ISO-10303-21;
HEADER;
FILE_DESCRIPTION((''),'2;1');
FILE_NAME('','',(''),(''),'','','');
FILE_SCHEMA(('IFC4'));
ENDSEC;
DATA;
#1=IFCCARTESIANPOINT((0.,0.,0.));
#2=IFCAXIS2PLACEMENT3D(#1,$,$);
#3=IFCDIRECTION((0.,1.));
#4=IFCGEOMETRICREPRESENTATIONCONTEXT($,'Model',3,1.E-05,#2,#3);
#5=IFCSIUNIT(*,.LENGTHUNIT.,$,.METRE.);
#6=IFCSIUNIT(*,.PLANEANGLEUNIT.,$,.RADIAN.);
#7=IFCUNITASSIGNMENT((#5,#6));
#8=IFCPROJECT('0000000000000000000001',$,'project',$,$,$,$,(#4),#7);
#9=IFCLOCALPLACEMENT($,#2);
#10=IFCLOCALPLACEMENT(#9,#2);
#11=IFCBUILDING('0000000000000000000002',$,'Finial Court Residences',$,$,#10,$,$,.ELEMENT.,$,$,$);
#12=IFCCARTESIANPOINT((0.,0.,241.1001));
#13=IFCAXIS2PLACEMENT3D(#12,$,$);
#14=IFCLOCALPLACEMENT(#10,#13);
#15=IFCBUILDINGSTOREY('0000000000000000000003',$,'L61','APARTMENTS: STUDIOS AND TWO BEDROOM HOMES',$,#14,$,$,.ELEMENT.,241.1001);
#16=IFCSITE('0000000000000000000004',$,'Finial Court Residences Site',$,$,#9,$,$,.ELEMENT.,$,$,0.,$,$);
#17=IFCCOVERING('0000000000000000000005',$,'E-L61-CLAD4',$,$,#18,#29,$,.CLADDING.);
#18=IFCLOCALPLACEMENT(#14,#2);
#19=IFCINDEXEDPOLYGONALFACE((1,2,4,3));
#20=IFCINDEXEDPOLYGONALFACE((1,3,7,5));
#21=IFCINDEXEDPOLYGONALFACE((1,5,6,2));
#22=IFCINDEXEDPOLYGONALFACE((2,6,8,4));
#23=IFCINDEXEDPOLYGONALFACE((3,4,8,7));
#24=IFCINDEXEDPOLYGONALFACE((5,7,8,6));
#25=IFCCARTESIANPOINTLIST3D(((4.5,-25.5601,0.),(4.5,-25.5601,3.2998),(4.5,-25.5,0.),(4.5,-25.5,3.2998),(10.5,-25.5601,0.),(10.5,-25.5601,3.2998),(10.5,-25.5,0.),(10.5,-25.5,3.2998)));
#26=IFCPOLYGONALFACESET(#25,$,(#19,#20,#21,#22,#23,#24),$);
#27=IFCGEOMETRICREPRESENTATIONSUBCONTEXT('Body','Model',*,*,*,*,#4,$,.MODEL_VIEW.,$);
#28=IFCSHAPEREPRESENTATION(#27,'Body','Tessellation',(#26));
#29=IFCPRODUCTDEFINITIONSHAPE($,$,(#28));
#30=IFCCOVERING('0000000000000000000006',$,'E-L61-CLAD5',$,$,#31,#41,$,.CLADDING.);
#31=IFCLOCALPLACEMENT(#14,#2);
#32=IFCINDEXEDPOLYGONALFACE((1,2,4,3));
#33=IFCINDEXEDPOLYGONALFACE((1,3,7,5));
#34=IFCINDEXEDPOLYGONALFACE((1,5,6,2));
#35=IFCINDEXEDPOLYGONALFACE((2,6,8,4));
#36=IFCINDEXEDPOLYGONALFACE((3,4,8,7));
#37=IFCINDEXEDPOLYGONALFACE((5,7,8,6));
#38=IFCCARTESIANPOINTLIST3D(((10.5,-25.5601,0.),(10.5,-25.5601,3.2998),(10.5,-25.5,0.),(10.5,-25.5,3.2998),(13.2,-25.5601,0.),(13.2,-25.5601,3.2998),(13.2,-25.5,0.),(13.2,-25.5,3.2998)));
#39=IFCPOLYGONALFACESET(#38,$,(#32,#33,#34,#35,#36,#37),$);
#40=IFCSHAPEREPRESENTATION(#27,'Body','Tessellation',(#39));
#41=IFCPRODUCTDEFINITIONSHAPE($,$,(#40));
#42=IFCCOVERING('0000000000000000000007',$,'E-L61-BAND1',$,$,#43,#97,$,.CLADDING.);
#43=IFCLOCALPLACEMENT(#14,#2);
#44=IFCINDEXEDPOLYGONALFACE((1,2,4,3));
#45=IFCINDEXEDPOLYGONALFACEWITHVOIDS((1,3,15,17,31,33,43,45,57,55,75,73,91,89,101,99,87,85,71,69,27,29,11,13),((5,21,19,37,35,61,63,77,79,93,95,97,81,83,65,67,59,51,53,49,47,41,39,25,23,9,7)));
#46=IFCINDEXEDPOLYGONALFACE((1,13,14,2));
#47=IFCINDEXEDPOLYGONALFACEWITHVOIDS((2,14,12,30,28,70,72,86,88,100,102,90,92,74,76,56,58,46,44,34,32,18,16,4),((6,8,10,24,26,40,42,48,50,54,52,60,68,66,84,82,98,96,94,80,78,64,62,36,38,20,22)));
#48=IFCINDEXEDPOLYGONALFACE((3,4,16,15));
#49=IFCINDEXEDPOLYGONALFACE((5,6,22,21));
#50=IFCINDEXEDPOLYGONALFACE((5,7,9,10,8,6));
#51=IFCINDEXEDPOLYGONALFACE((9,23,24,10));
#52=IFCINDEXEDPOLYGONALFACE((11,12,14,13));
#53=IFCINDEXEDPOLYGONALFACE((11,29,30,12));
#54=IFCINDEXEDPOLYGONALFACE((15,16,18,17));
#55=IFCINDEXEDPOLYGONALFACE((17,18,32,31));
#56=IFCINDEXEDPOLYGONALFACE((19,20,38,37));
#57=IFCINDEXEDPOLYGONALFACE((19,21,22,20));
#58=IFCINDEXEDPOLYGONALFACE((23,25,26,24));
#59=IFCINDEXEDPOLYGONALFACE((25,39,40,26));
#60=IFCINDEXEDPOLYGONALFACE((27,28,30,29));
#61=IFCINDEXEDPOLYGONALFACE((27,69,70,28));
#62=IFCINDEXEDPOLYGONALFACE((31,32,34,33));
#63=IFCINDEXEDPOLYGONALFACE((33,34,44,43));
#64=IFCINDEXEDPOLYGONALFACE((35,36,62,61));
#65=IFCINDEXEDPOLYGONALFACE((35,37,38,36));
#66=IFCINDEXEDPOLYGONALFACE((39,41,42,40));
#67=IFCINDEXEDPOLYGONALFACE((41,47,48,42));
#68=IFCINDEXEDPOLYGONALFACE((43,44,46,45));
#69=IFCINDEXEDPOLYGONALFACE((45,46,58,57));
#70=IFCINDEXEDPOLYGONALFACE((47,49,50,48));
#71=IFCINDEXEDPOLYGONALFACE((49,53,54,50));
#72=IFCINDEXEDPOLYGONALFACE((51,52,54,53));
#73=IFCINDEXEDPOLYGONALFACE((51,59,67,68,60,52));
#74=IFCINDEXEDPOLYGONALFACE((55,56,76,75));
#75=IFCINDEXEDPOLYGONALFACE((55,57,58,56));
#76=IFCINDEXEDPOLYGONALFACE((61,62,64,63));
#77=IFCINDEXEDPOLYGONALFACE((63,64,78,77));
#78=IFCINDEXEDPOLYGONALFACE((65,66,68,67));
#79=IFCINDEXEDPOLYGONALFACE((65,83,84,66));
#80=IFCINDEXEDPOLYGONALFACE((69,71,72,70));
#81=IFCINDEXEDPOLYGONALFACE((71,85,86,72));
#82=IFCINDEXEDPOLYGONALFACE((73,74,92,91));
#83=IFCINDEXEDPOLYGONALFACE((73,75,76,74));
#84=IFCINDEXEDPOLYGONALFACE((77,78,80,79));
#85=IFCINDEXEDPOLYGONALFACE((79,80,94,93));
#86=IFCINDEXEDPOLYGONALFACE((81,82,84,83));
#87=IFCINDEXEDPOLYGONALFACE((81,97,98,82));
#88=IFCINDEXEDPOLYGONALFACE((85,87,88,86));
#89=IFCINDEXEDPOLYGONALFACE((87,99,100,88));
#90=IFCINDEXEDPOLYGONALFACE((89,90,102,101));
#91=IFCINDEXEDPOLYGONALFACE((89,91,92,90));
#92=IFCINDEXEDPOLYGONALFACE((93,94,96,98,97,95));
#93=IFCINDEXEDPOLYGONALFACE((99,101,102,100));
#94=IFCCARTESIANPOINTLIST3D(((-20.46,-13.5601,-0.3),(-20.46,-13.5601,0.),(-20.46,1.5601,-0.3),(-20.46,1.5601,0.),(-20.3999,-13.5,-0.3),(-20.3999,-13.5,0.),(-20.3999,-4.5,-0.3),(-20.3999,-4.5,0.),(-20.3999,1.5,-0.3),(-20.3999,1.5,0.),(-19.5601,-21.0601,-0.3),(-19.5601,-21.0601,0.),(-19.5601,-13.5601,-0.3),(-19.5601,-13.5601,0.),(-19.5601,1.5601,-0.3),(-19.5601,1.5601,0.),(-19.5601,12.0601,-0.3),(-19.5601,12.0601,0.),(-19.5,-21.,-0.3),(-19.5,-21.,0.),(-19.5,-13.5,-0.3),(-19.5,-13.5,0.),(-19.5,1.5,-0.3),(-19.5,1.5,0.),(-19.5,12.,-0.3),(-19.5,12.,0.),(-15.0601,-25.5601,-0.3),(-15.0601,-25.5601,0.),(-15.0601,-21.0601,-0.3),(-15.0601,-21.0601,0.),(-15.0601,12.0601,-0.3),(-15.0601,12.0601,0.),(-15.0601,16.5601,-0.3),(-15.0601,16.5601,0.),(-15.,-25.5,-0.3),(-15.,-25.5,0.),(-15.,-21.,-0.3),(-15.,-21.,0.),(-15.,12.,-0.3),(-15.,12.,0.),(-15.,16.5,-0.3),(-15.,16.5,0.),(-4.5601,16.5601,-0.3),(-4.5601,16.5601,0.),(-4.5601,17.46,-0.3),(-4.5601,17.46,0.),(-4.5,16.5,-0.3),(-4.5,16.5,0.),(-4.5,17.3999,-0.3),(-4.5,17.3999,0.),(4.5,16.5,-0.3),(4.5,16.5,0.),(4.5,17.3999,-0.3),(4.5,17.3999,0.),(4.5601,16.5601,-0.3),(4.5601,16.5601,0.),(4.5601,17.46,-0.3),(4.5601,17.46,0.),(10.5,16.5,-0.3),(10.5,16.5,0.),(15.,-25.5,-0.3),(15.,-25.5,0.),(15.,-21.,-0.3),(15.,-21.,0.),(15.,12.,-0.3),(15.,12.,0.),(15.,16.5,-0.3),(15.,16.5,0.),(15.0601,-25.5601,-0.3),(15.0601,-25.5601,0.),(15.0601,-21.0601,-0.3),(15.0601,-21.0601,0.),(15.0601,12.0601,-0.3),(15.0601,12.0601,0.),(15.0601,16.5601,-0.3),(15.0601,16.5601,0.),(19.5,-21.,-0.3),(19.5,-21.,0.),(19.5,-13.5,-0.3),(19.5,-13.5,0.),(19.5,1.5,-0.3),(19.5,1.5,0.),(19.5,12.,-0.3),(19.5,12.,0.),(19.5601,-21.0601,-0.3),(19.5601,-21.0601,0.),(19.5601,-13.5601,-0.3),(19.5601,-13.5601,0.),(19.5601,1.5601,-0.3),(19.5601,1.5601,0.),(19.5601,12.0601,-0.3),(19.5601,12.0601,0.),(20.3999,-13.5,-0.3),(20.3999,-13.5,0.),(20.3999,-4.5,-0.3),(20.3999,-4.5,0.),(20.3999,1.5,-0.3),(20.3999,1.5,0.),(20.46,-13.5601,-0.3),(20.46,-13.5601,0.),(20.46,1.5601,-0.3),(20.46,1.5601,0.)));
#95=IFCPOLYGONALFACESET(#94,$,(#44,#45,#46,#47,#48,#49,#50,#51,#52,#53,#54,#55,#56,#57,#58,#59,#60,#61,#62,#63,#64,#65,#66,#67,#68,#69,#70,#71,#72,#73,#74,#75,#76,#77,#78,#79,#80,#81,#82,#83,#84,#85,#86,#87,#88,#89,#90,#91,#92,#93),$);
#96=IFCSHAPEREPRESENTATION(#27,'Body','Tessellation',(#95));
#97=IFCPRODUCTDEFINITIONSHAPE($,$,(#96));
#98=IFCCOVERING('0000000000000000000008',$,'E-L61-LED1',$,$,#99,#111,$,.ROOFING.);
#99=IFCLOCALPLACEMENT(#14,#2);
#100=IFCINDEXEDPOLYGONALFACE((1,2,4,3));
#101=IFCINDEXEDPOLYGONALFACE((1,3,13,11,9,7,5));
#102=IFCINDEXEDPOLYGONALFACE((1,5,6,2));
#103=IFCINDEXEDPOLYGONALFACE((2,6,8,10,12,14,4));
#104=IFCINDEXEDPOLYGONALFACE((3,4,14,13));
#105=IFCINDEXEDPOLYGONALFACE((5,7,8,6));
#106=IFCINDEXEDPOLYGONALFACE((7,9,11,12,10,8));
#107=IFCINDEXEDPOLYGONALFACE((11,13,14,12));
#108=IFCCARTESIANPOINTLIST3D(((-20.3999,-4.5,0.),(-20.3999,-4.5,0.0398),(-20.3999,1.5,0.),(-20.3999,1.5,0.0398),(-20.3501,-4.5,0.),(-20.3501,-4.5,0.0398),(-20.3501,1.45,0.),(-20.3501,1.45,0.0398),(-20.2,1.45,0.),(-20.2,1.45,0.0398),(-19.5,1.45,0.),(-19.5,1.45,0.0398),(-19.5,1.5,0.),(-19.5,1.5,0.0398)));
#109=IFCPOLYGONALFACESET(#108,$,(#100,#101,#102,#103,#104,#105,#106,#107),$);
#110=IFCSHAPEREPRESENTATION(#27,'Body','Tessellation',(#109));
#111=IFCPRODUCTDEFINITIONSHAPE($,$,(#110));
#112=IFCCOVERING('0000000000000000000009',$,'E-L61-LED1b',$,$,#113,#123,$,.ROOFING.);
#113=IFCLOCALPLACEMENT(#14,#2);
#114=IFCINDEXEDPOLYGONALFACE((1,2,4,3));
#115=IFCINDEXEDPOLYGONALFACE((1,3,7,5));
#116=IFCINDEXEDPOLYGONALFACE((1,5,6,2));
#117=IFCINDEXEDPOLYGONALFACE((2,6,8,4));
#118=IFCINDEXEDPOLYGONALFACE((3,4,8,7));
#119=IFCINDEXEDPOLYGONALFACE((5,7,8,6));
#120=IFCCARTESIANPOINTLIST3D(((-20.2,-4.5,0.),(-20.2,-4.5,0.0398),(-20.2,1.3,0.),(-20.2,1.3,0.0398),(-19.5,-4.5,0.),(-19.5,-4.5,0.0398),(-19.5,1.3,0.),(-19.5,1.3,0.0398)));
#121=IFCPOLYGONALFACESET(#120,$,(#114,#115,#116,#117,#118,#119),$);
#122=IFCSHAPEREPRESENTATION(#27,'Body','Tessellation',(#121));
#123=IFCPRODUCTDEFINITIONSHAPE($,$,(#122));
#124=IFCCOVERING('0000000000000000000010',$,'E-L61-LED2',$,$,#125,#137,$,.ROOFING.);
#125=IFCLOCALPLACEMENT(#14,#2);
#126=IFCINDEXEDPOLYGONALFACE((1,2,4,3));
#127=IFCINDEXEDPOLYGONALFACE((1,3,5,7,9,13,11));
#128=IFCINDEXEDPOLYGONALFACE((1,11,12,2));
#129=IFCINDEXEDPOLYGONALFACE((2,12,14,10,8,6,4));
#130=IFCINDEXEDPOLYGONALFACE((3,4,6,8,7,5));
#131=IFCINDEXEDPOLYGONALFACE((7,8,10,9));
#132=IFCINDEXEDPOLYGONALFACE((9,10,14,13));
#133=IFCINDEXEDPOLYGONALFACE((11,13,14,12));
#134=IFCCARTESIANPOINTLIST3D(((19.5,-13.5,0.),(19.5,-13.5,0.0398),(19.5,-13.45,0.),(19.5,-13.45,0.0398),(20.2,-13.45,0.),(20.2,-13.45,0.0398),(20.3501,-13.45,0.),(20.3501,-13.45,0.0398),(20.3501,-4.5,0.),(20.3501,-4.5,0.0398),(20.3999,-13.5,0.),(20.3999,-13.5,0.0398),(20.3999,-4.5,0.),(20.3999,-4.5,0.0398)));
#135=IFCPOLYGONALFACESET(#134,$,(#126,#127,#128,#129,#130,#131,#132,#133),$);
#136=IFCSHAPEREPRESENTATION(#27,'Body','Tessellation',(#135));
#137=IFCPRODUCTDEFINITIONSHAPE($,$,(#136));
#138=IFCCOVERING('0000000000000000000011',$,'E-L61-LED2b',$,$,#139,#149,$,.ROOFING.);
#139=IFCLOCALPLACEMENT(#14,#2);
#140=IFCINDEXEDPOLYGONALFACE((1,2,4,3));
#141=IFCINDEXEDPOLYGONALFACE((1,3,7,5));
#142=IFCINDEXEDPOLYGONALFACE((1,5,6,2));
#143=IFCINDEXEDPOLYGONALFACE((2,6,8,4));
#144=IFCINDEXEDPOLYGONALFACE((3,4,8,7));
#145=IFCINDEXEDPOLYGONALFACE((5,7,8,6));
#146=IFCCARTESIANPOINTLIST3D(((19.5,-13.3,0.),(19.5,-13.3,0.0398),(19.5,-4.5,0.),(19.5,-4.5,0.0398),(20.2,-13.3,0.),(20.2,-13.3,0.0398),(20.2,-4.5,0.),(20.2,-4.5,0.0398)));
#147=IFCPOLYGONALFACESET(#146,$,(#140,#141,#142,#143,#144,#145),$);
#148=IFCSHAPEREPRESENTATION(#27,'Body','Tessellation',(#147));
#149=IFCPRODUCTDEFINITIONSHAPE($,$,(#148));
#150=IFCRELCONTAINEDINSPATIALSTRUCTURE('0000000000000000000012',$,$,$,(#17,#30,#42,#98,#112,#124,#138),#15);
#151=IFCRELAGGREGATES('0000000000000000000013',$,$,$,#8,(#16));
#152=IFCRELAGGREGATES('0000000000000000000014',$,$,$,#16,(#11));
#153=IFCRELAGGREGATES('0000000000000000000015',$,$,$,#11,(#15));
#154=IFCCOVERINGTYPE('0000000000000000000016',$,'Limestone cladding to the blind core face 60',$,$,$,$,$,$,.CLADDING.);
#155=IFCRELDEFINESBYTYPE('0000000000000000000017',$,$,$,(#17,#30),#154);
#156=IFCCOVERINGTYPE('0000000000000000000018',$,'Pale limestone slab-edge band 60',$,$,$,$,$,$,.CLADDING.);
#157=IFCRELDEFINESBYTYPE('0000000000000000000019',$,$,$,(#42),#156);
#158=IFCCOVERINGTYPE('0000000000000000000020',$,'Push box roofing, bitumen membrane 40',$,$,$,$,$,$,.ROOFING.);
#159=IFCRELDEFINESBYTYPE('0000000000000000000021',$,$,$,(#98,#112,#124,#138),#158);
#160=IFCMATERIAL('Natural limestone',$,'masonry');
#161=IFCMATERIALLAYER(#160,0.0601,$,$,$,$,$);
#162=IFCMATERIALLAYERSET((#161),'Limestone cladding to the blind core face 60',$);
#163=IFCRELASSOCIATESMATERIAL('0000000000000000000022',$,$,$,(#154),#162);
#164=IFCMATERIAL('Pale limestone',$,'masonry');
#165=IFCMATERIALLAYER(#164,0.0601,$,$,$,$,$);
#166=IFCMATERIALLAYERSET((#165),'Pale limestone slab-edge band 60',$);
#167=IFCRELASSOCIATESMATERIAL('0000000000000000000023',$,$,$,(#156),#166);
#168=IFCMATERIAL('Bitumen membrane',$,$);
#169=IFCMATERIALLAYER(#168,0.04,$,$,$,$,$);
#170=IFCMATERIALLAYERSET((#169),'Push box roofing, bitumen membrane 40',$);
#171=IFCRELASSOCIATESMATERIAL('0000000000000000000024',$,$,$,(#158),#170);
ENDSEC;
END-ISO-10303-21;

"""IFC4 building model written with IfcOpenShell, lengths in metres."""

from ifc_helpers import new_model, si_unit, direction, frame, origin, place, context, subcontext, project, spatial, polyline, outline, extrude, material, layer, layer_set, type_object, element, save


model = new_model("IFC4")

# Units and contexts
model_context = context("Model", 3, precision=1e-05, world=origin(), true_north=direction((0.0, 1.0)))
body_context = subcontext(model_context, "Body", "Model", "MODEL_VIEW")
ifc_project = project(units=[si_unit("LENGTHUNIT", "METRE"), si_unit("PLANEANGLEUNIT", "RADIAN")], contexts=[model_context])

# Site, building, storey
site_placement = place(None, origin())
site = spatial("IfcSite", under=ifc_project, at=site_placement, Name="Finial Court Residences Site", CompositionType="ELEMENT", RefElevation=0.0)
building_placement = place(site_placement, origin())
building = spatial("IfcBuilding", under=site, at=building_placement, Name="Finial Court Residences", CompositionType="ELEMENT")
storey_placement = place(building_placement, frame((0.0, 0.0, 241.1001)))
storey = spatial("IfcBuildingStorey", under=building, at=storey_placement, Name="L61", Description="APARTMENTS: STUDIOS AND TWO BEDROOM HOMES", CompositionType="ELEMENT", Elevation=241.1001)

# Coverings
ifc_material_1 = material(Name="Natural limestone", Category="masonry")
ifc_layer_1 = layer(ifc_material_1, 0.0601)
ifc_layer_set_1 = layer_set([ifc_layer_1], Name="Limestone cladding to the blind core face 60")
covering_type_1 = type_object("IfcCoveringType", Name="Limestone cladding to the blind core face 60", PredefinedType="CLADDING", material=ifc_layer_set_1)
covering_1_placement = place(storey_placement, origin())
element("IfcCovering", 1, at=covering_1_placement, inside=storey, type_object=covering_type_1, Name="E-L61-CLAD4", PredefinedType="CLADDING", context=body_context, shape_type="SweptSolid", body=[
    extrude(outline(polyline([(10.5, -25.5601), (10.5, -25.5), (4.5, -25.5), (4.5, -25.5601), (10.5, -25.5601)])), origin(), (0.0, 0.0, 1.0), 3.2998),
])
covering_2_placement = place(storey_placement, origin())
element("IfcCovering", 2, at=covering_2_placement, inside=storey, type_object=covering_type_1, Name="E-L61-CLAD5", PredefinedType="CLADDING", context=body_context, shape_type="SweptSolid", body=[
    extrude(outline(polyline([(13.2, -25.5601), (13.2, -25.5), (10.5, -25.5), (10.5, -25.5601), (13.2, -25.5601)])), origin(), (0.0, 0.0, 1.0), 3.2998),
])
ifc_material_2 = material(Name="Pale limestone", Category="masonry")
ifc_layer_2 = layer(ifc_material_2, 0.0601)
ifc_layer_set_2 = layer_set([ifc_layer_2], Name="Pale limestone slab-edge band 60")
covering_type_2 = type_object("IfcCoveringType", Name="Pale limestone slab-edge band 60", PredefinedType="CLADDING", material=ifc_layer_set_2)
covering_3_placement = place(storey_placement, frame((0.0, 0.0, -0.3)))
element("IfcCovering", 3, at=covering_3_placement, inside=storey, type_object=covering_type_2, Name="E-L61-BAND1", PredefinedType="CLADDING", context=body_context, shape_type="SweptSolid", body=[
    extrude(outline(polyline([(15.0601, -21.0601), (15.0601, -25.5601), (-15.0601, -25.5601), (-15.0601, -21.0601), (-19.5601, -21.0601), (-19.5601, -13.5601), (-20.46, -13.5601), (-20.46, 1.5601), (-19.5601, 1.5601), (-19.5601, 12.0601), (-15.0601, 12.0601), (-15.0601, 16.5601), (-4.5601, 16.5601), (-4.5601, 17.46), (4.5601, 17.46), (4.5601, 16.5601), (15.0601, 16.5601), (15.0601, 12.0601), (19.5601, 12.0601), (19.5601, 1.5601), (20.46, 1.5601), (20.46, -13.5601), (19.5601, -13.5601), (19.5601, -21.0601), (15.0601, -21.0601)]), holes=[polyline([(19.5, -13.5), (20.3999, -13.5), (20.3999, -4.5), (20.3999, 1.5), (19.5, 1.5), (19.5, 12.0), (15.0, 12.0), (15.0, 16.5), (10.5, 16.5), (4.5, 16.5), (4.5, 17.3999), (-4.5, 17.3999), (-4.5, 16.5), (-15.0, 16.5), (-15.0, 12.0), (-19.5, 12.0), (-19.5, 1.5), (-20.3999, 1.5), (-20.3999, -4.5), (-20.3999, -13.5), (-19.5, -13.5), (-19.5, -21.0), (-15.0, -21.0), (-15.0, -25.5), (15.0, -25.5), (15.0, -21.0), (19.5, -21.0), (19.5, -13.5)])]), origin(), (0.0, 0.0, 1.0), 0.3),
])
ifc_material_3 = material(Name="Bitumen membrane")
ifc_layer_3 = layer(ifc_material_3, 0.04)
ifc_layer_set_3 = layer_set([ifc_layer_3], Name="Push box roofing, bitumen membrane 40")
covering_type_3 = type_object("IfcCoveringType", Name="Push box roofing, bitumen membrane 40", PredefinedType="ROOFING", material=ifc_layer_set_3)
covering_4_placement = place(storey_placement, origin())
element("IfcCovering", 4, at=covering_4_placement, inside=storey, type_object=covering_type_3, Name="E-L61-LED1", PredefinedType="ROOFING", context=body_context, shape_type="SweptSolid", body=[
    extrude(outline(polyline([(-19.5, 1.45), (-20.2, 1.45), (-20.3501, 1.45), (-20.3501, -4.5), (-20.3999, -4.5), (-20.3999, 1.5), (-19.5, 1.5), (-19.5, 1.45)])), origin(), (0.0, 0.0, 1.0), 0.0398),
])
covering_5_placement = place(storey_placement, origin())
element("IfcCovering", 5, at=covering_5_placement, inside=storey, type_object=covering_type_3, Name="E-L61-LED1b", PredefinedType="ROOFING", context=body_context, shape_type="SweptSolid", body=[
    extrude(outline(polyline([(-19.5, -4.5), (-20.2, -4.5), (-20.2, 1.3), (-19.5, 1.3), (-19.5, -4.5)])), origin(), (0.0, 0.0, 1.0), 0.0398),
])
covering_6_placement = place(storey_placement, origin())
element("IfcCovering", 6, at=covering_6_placement, inside=storey, type_object=covering_type_3, Name="E-L61-LED2", PredefinedType="ROOFING", context=body_context, shape_type="SweptSolid", body=[
    extrude(outline(polyline([(19.5, -13.45), (20.2, -13.45), (20.3501, -13.45), (20.3501, -4.5), (20.3999, -4.5), (20.3999, -13.5), (19.5, -13.5), (19.5, -13.45)])), origin(), (0.0, 0.0, 1.0), 0.0398),
])
covering_7_placement = place(storey_placement, origin())
element("IfcCovering", 7, at=covering_7_placement, inside=storey, type_object=covering_type_3, Name="E-L61-LED2b", PredefinedType="ROOFING", context=body_context, shape_type="SweptSolid", body=[
    extrude(outline(polyline([(19.5, -4.5), (20.2, -4.5), (20.2, -13.3), (19.5, -13.3), (19.5, -4.5)])), origin(), (0.0, 0.0, 1.0), 0.0398),
])

save(model, "model.ifc")
